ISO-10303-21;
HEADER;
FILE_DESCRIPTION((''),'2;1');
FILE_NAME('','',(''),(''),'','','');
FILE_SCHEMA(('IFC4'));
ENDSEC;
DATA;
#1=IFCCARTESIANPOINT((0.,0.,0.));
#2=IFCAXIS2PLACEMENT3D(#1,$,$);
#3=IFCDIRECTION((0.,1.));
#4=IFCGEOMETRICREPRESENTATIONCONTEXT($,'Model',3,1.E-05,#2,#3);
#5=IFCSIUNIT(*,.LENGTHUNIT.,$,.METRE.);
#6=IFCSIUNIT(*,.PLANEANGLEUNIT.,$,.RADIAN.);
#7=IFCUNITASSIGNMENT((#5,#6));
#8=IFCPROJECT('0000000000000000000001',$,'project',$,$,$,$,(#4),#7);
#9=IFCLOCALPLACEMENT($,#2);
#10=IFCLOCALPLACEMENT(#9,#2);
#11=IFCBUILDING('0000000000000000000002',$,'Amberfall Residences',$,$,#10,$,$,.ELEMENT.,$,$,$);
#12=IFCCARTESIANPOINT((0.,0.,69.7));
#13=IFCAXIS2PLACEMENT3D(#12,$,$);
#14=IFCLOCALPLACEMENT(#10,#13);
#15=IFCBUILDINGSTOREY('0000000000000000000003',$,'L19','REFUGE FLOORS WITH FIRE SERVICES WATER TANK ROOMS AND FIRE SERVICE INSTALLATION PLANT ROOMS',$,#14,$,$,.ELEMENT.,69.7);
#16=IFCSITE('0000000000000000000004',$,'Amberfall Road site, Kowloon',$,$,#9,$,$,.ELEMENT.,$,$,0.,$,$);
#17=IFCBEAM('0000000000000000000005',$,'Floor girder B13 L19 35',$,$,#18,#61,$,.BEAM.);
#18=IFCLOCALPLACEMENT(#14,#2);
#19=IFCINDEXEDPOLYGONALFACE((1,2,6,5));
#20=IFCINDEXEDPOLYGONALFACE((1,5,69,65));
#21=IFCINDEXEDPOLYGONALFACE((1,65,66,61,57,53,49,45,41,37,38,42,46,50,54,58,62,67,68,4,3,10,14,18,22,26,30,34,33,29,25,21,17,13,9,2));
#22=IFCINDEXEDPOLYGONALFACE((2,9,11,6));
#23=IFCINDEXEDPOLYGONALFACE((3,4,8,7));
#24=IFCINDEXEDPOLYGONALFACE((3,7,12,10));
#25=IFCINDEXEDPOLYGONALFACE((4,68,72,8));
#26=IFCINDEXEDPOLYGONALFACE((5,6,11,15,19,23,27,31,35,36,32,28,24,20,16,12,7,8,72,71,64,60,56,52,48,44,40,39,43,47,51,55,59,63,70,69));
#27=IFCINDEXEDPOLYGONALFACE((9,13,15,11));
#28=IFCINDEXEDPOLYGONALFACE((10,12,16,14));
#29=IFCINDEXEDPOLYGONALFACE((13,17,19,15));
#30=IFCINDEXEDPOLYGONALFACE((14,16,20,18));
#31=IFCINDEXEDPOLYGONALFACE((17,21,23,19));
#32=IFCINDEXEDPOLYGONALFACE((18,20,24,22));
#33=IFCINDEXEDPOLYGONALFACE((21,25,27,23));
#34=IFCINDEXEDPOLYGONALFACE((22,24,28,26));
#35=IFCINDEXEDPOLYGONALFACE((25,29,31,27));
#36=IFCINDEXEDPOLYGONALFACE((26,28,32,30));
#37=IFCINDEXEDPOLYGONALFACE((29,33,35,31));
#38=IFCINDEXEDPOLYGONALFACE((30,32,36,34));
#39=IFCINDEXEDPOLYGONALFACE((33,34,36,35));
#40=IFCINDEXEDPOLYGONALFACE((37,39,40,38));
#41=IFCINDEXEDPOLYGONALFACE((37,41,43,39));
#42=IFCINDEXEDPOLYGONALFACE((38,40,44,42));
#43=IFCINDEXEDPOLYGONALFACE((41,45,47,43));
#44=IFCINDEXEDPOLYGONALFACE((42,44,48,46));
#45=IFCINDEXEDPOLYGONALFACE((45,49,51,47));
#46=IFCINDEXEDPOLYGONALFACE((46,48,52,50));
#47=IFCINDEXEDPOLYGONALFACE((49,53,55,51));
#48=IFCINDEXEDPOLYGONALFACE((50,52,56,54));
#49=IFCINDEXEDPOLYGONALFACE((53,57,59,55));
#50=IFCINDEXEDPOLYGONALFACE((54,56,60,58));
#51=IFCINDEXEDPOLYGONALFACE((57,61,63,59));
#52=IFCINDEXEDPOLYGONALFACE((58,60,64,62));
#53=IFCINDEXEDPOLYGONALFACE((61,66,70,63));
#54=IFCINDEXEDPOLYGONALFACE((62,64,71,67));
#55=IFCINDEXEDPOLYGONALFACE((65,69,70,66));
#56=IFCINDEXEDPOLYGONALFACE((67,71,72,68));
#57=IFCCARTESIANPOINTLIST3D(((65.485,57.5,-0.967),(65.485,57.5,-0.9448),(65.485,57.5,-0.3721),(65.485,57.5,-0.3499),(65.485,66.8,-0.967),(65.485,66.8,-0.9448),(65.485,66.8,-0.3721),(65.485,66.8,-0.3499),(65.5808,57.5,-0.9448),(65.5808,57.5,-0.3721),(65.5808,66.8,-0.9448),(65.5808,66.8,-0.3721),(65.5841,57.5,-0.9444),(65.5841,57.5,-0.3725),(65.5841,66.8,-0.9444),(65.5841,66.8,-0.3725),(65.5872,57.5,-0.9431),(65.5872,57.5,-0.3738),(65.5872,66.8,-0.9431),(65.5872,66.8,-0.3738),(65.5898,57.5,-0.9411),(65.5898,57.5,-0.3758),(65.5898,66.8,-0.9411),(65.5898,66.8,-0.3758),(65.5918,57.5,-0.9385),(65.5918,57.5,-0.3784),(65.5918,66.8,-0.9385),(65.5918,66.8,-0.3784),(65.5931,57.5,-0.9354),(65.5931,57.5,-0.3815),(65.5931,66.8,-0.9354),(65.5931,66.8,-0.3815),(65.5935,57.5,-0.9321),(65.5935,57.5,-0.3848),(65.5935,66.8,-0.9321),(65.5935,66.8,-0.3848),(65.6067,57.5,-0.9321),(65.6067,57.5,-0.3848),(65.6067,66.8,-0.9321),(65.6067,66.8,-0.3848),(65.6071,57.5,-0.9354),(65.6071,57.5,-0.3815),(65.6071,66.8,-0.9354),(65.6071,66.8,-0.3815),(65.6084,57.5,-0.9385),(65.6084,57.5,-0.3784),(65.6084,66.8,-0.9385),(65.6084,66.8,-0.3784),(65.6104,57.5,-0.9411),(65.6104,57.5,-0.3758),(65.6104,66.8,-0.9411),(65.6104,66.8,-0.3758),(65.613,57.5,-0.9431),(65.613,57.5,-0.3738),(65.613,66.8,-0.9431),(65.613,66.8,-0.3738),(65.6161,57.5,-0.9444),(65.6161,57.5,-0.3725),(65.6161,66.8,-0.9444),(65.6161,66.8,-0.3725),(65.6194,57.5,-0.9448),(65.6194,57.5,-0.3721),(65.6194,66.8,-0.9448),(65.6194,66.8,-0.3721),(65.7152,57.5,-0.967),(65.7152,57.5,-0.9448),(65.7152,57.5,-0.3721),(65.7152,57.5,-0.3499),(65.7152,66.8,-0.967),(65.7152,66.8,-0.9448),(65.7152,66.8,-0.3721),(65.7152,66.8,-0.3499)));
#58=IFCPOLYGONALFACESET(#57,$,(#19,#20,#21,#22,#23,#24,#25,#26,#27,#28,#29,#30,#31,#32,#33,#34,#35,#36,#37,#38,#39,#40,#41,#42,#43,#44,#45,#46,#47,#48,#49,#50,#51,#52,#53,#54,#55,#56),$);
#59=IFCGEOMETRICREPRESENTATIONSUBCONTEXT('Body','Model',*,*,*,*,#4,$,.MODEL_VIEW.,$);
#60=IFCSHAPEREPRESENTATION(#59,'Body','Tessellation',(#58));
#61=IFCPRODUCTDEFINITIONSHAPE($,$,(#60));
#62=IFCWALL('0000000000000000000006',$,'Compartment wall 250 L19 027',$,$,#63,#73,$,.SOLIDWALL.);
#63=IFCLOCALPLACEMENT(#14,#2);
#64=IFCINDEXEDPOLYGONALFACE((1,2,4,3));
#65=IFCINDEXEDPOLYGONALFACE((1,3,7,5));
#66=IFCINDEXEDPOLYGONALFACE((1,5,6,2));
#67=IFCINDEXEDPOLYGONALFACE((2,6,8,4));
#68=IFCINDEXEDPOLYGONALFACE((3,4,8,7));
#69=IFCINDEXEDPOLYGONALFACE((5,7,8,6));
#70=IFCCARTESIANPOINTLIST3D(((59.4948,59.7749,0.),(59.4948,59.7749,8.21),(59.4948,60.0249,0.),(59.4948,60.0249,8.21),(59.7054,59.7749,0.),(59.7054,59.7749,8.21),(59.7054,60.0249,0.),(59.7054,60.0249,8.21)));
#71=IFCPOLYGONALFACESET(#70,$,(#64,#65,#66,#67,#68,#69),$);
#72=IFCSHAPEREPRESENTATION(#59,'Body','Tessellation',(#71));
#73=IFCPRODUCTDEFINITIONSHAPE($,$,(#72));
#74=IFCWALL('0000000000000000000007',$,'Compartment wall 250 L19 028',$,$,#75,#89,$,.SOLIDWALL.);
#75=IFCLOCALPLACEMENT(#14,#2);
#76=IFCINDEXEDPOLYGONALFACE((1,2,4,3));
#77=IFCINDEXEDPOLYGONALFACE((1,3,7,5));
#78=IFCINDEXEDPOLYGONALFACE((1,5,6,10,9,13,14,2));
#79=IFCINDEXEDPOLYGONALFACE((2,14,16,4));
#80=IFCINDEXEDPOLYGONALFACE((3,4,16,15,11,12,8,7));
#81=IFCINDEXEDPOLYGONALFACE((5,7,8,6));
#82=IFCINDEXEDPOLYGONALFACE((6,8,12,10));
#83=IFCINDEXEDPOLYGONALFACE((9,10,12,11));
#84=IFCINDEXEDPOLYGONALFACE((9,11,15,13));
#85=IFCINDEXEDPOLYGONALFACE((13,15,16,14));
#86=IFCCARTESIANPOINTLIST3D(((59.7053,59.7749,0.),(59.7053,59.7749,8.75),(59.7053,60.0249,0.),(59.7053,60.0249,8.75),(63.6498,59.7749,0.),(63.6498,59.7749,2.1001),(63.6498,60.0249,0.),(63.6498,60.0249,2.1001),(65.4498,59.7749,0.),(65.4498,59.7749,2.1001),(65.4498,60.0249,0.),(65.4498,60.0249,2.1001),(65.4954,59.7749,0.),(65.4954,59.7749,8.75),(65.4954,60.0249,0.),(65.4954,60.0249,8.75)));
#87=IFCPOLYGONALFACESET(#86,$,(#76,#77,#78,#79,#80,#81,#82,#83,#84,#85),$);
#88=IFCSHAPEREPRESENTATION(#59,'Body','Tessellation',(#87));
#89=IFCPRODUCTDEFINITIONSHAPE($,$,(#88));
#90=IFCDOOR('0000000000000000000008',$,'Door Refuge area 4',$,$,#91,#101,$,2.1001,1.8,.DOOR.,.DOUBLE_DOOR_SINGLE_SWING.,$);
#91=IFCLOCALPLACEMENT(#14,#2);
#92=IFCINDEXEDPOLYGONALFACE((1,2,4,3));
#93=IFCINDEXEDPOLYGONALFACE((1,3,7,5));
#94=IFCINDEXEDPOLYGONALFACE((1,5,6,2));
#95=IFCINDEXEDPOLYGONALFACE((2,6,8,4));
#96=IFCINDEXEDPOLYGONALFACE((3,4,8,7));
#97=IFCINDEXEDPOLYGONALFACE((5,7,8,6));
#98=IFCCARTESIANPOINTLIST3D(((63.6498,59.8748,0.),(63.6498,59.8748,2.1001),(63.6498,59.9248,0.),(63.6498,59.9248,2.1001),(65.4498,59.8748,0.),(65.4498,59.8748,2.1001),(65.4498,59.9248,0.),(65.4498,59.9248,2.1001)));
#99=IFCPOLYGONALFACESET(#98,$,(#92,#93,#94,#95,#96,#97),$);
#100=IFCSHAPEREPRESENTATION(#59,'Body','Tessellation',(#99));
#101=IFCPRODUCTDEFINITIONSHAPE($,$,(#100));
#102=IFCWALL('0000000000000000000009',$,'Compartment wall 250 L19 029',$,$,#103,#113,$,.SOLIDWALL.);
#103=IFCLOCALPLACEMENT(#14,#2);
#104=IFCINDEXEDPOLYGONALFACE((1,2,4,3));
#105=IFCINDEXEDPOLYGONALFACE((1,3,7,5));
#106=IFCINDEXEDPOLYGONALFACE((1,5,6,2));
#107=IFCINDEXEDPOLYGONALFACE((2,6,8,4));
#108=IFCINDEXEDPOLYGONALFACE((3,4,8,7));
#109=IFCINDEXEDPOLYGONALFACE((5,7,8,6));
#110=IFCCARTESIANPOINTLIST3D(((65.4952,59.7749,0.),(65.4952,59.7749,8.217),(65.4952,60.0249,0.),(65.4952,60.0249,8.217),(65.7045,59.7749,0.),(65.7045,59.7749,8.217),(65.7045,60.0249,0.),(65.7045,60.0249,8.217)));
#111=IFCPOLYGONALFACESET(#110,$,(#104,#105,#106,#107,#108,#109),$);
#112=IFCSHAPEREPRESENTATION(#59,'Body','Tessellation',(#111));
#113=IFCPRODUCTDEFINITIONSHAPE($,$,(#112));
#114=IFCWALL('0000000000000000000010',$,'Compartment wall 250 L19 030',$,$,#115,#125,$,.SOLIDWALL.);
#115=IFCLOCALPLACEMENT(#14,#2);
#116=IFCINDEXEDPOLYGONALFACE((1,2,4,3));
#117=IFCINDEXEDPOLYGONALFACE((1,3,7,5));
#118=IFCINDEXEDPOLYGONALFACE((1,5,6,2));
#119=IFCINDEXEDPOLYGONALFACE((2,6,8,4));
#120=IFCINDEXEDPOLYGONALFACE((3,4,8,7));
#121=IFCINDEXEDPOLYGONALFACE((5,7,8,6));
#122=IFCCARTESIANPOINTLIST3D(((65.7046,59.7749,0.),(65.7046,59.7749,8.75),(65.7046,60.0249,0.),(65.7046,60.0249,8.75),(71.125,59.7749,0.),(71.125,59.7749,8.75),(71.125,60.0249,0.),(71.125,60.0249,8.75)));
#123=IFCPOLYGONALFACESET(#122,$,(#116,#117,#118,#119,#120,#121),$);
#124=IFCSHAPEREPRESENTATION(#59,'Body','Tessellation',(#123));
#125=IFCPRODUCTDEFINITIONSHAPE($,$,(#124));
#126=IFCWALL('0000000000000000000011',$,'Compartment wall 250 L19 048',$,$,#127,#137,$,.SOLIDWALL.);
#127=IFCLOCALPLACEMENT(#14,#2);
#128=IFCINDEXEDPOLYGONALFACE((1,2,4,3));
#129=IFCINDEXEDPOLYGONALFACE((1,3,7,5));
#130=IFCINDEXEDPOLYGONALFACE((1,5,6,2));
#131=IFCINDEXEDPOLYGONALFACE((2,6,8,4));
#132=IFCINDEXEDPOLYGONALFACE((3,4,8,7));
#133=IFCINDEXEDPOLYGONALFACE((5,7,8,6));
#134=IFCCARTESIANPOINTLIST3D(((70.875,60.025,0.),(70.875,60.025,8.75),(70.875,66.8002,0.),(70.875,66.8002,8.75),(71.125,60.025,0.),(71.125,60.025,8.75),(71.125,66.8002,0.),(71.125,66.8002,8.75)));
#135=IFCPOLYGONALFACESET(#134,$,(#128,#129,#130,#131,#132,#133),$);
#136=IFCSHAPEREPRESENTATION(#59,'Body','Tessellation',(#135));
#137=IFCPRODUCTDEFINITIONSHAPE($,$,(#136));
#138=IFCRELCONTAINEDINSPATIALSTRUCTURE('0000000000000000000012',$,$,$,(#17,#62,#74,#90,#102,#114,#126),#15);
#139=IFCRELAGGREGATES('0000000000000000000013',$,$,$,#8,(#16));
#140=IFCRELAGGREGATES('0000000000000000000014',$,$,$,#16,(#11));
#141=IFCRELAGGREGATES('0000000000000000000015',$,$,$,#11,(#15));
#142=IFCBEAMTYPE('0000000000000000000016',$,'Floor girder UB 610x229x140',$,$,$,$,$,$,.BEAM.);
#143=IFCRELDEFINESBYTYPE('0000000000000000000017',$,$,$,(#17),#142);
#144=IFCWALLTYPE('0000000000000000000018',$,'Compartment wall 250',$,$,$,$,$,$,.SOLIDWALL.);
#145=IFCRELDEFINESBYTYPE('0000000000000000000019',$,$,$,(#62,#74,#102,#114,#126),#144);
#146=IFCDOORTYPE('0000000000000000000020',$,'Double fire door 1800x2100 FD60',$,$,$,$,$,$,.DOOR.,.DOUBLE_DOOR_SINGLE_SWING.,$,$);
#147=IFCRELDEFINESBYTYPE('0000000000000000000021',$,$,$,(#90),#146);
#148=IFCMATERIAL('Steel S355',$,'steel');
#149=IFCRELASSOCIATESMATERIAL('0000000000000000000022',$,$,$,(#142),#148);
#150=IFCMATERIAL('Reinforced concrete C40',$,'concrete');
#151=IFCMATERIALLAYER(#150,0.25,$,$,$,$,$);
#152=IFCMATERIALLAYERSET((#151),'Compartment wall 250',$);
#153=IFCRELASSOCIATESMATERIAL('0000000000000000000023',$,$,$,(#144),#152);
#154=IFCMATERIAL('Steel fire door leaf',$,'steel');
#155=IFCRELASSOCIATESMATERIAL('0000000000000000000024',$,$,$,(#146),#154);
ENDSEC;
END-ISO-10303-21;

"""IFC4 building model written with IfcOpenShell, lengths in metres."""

from ifc_helpers import new_model, si_unit, direction, frame, frame_2d, origin, origin_2d, place, context, subcontext, project, spatial, rectangle, i_section, extrude, material, layer, layer_set, material_profile, profile_set, type_object, element, fill, save


model = new_model("IFC4")

# Units and contexts
model_context = context("Model", 3, precision=1e-05, world=origin(), true_north=direction((0.0, 1.0)))
body_context = subcontext(model_context, "Body", "Model", "MODEL_VIEW")
ifc_project = project(units=[si_unit("LENGTHUNIT", "METRE"), si_unit("PLANEANGLEUNIT", "RADIAN")], contexts=[model_context])

# Site, building, storey
site_placement = place(None, origin())
site = spatial("IfcSite", under=ifc_project, at=site_placement, Name="Amberfall Road site, Kowloon", CompositionType="ELEMENT", RefElevation=0.0)
building_placement = place(site_placement, origin())
building = spatial("IfcBuilding", under=site, at=building_placement, Name="Amberfall Residences", CompositionType="ELEMENT")
storey_placement = place(building_placement, frame((0.0, 0.0, 69.7)))
storey = spatial("IfcBuildingStorey", under=building, at=storey_placement, Name="L19", Description="REFUGE FLOORS WITH FIRE SERVICES WATER TANK ROOMS AND FIRE SERVICE INSTALLATION PLANT ROOMS", CompositionType="ELEMENT", Elevation=69.7)

# Shared definitions
ifc_material_1 = material(Name="Steel S355", Category="steel")

# Beam
ifc_material_profile_1 = material_profile(ifc_material_1, i_section(OverallWidth=0.2302, OverallDepth=0.6172, WebThickness=0.0132, FlangeThickness=0.0222, FilletRadius=0.0127, at=origin_2d()), Name="UB 610x229x140")
ifc_profile_set_1 = profile_set([ifc_material_profile_1], Name="Steel S355")
beam_type = type_object("IfcBeamType", Name="Floor girder UB 610x229x140", PredefinedType="BEAM", material=ifc_profile_set_1)
beam_1_placement = place(storey_placement, frame((65.6001, 66.8, -0.6584), z_axis=(0.0, -1.0, 0.0), x_axis=(1.0, 0.0, 0.0)))
element("IfcBeam", 1, at=beam_1_placement, inside=storey, type_object=beam_type, Name="Floor girder B13 L19 35", PredefinedType="BEAM", context=body_context, shape_type="SweptSolid", body=[
    extrude(i_section(OverallWidth=0.2302, OverallDepth=0.6172, WebThickness=0.0132, FlangeThickness=0.0222, FilletRadius=0.0127, at=origin_2d()), origin(), (0.0, 0.0, 1.0), 9.3),
])

# Wall
ifc_material_2 = material(Name="Reinforced concrete C40", Category="concrete")
ifc_layer_1 = layer(ifc_material_2, 0.25)
ifc_layer_set_1 = layer_set([ifc_layer_1], Name="Compartment wall 250")
wall_type_1 = type_object("IfcWallType", Name="Compartment wall 250", PredefinedType="SOLIDWALL", material=ifc_layer_set_1)
wall_1_placement = place(storey_placement, frame((59.4946, 59.8999, 0.0), z_axis=(0.0, 0.0, 1.0), x_axis=(1.0, 0.0, 0.0)))
element("IfcWall", 2, at=wall_1_placement, inside=storey, type_object=wall_type_1, Name="Compartment wall 250 L19 027", PredefinedType="SOLIDWALL", context=body_context, shape_type="SweptSolid", body=[
    extrude(rectangle(XDim=0.2107, YDim=0.25, at=frame_2d((0.1055, 0.0))), origin(), (0.0, 0.0, 1.0), 8.21),
])

# Wall, opening, door
wall_2_placement = place(storey_placement, frame((59.7053, 59.8999, 0.0), z_axis=(0.0, 0.0, 1.0), x_axis=(1.0, 0.0, 0.0)))
wall_2 = element("IfcWall", 3, at=wall_2_placement, inside=storey, type_object=wall_type_1, Name="Compartment wall 250 L19 028", PredefinedType="SOLIDWALL", context=body_context, shape_type="SweptSolid", body=[
    extrude(rectangle(XDim=5.79, YDim=0.25, at=frame_2d((2.895, 0.0))), origin(), (0.0, 0.0, 1.0), 8.75),
])
opening_1_placement = place(wall_2_placement, frame((3.9446, 0.0, 0.0)))
opening_1 = element("IfcOpeningElement", 4, at=opening_1_placement, cuts=wall_2, PredefinedType="OPENING", context=body_context, shape_type="SweptSolid", body=[
    extrude(rectangle(XDim=1.8, YDim=2.1001, at=frame_2d((0.8999, 1.05))), frame((0.0, 0.135, 0.0), z_axis=(0.0, -1.0, 0.0), x_axis=(1.0, 0.0, 0.0)), (0.0, 0.0, 1.0), 0.27),
])
ifc_material_3 = material(Name="Steel fire door leaf", Category="steel")
door_type_1 = type_object("IfcDoorType", Name="Double fire door 1800x2100 FD60", OperationType="DOUBLE_DOOR_SINGLE_SWING", PredefinedType="DOOR", material=ifc_material_3)
door_1_placement = place(opening_1_placement, origin())
door_1 = element("IfcDoor", 5, at=door_1_placement, inside=storey, type_object=door_type_1, Name="Door Refuge area 4", OperationType="DOUBLE_DOOR_SINGLE_SWING", OverallHeight=2.1001, OverallWidth=1.8, PredefinedType="DOOR", context=body_context, shape_type="SweptSolid", body=[
    extrude(rectangle(XDim=1.8, YDim=2.1001, at=frame_2d((0.8999, 1.05))), frame((0.0, 0.0249, 0.0), z_axis=(0.0, -1.0, 0.0), x_axis=(1.0, 0.0, 0.0)), (0.0, 0.0, 1.0), 0.05),
])
fill(opening_1, door_1)

# Walls
wall_3_placement = place(storey_placement, frame((65.4954, 59.8999, 0.0), z_axis=(0.0, 0.0, 1.0), x_axis=(1.0, 0.0, 0.0)))
element("IfcWall", 6, at=wall_3_placement, inside=storey, type_object=wall_type_1, Name="Compartment wall 250 L19 029", PredefinedType="SOLIDWALL", context=body_context, shape_type="SweptSolid", body=[
    extrude(rectangle(XDim=0.2092, YDim=0.25, at=frame_2d((0.1045, 0.0))), origin(), (0.0, 0.0, 1.0), 8.217),
])
wall_4_placement = place(storey_placement, frame((65.7046, 59.8999, 0.0), z_axis=(0.0, 0.0, 1.0), x_axis=(1.0, 0.0, 0.0)))
element("IfcWall", 7, at=wall_4_placement, inside=storey, type_object=wall_type_1, Name="Compartment wall 250 L19 030", PredefinedType="SOLIDWALL", context=body_context, shape_type="SweptSolid", body=[
    extrude(rectangle(XDim=5.4204, YDim=0.25, at=frame_2d((2.7102, 0.0))), origin(), (0.0, 0.0, 1.0), 8.75),
])
wall_5_placement = place(storey_placement, frame((71.0, 60.0249, 0.0), z_axis=(0.0, 0.0, 1.0), x_axis=(0.0, 1.0, 0.0)))
element("IfcWall", 8, at=wall_5_placement, inside=storey, type_object=wall_type_1, Name="Compartment wall 250 L19 048", PredefinedType="SOLIDWALL", context=body_context, shape_type="SweptSolid", body=[
    extrude(rectangle(XDim=6.7751, YDim=0.25, at=frame_2d((3.3877, 0.0))), origin(), (0.0, 0.0, 1.0), 8.75),
])

save(model, "model.ifc")
